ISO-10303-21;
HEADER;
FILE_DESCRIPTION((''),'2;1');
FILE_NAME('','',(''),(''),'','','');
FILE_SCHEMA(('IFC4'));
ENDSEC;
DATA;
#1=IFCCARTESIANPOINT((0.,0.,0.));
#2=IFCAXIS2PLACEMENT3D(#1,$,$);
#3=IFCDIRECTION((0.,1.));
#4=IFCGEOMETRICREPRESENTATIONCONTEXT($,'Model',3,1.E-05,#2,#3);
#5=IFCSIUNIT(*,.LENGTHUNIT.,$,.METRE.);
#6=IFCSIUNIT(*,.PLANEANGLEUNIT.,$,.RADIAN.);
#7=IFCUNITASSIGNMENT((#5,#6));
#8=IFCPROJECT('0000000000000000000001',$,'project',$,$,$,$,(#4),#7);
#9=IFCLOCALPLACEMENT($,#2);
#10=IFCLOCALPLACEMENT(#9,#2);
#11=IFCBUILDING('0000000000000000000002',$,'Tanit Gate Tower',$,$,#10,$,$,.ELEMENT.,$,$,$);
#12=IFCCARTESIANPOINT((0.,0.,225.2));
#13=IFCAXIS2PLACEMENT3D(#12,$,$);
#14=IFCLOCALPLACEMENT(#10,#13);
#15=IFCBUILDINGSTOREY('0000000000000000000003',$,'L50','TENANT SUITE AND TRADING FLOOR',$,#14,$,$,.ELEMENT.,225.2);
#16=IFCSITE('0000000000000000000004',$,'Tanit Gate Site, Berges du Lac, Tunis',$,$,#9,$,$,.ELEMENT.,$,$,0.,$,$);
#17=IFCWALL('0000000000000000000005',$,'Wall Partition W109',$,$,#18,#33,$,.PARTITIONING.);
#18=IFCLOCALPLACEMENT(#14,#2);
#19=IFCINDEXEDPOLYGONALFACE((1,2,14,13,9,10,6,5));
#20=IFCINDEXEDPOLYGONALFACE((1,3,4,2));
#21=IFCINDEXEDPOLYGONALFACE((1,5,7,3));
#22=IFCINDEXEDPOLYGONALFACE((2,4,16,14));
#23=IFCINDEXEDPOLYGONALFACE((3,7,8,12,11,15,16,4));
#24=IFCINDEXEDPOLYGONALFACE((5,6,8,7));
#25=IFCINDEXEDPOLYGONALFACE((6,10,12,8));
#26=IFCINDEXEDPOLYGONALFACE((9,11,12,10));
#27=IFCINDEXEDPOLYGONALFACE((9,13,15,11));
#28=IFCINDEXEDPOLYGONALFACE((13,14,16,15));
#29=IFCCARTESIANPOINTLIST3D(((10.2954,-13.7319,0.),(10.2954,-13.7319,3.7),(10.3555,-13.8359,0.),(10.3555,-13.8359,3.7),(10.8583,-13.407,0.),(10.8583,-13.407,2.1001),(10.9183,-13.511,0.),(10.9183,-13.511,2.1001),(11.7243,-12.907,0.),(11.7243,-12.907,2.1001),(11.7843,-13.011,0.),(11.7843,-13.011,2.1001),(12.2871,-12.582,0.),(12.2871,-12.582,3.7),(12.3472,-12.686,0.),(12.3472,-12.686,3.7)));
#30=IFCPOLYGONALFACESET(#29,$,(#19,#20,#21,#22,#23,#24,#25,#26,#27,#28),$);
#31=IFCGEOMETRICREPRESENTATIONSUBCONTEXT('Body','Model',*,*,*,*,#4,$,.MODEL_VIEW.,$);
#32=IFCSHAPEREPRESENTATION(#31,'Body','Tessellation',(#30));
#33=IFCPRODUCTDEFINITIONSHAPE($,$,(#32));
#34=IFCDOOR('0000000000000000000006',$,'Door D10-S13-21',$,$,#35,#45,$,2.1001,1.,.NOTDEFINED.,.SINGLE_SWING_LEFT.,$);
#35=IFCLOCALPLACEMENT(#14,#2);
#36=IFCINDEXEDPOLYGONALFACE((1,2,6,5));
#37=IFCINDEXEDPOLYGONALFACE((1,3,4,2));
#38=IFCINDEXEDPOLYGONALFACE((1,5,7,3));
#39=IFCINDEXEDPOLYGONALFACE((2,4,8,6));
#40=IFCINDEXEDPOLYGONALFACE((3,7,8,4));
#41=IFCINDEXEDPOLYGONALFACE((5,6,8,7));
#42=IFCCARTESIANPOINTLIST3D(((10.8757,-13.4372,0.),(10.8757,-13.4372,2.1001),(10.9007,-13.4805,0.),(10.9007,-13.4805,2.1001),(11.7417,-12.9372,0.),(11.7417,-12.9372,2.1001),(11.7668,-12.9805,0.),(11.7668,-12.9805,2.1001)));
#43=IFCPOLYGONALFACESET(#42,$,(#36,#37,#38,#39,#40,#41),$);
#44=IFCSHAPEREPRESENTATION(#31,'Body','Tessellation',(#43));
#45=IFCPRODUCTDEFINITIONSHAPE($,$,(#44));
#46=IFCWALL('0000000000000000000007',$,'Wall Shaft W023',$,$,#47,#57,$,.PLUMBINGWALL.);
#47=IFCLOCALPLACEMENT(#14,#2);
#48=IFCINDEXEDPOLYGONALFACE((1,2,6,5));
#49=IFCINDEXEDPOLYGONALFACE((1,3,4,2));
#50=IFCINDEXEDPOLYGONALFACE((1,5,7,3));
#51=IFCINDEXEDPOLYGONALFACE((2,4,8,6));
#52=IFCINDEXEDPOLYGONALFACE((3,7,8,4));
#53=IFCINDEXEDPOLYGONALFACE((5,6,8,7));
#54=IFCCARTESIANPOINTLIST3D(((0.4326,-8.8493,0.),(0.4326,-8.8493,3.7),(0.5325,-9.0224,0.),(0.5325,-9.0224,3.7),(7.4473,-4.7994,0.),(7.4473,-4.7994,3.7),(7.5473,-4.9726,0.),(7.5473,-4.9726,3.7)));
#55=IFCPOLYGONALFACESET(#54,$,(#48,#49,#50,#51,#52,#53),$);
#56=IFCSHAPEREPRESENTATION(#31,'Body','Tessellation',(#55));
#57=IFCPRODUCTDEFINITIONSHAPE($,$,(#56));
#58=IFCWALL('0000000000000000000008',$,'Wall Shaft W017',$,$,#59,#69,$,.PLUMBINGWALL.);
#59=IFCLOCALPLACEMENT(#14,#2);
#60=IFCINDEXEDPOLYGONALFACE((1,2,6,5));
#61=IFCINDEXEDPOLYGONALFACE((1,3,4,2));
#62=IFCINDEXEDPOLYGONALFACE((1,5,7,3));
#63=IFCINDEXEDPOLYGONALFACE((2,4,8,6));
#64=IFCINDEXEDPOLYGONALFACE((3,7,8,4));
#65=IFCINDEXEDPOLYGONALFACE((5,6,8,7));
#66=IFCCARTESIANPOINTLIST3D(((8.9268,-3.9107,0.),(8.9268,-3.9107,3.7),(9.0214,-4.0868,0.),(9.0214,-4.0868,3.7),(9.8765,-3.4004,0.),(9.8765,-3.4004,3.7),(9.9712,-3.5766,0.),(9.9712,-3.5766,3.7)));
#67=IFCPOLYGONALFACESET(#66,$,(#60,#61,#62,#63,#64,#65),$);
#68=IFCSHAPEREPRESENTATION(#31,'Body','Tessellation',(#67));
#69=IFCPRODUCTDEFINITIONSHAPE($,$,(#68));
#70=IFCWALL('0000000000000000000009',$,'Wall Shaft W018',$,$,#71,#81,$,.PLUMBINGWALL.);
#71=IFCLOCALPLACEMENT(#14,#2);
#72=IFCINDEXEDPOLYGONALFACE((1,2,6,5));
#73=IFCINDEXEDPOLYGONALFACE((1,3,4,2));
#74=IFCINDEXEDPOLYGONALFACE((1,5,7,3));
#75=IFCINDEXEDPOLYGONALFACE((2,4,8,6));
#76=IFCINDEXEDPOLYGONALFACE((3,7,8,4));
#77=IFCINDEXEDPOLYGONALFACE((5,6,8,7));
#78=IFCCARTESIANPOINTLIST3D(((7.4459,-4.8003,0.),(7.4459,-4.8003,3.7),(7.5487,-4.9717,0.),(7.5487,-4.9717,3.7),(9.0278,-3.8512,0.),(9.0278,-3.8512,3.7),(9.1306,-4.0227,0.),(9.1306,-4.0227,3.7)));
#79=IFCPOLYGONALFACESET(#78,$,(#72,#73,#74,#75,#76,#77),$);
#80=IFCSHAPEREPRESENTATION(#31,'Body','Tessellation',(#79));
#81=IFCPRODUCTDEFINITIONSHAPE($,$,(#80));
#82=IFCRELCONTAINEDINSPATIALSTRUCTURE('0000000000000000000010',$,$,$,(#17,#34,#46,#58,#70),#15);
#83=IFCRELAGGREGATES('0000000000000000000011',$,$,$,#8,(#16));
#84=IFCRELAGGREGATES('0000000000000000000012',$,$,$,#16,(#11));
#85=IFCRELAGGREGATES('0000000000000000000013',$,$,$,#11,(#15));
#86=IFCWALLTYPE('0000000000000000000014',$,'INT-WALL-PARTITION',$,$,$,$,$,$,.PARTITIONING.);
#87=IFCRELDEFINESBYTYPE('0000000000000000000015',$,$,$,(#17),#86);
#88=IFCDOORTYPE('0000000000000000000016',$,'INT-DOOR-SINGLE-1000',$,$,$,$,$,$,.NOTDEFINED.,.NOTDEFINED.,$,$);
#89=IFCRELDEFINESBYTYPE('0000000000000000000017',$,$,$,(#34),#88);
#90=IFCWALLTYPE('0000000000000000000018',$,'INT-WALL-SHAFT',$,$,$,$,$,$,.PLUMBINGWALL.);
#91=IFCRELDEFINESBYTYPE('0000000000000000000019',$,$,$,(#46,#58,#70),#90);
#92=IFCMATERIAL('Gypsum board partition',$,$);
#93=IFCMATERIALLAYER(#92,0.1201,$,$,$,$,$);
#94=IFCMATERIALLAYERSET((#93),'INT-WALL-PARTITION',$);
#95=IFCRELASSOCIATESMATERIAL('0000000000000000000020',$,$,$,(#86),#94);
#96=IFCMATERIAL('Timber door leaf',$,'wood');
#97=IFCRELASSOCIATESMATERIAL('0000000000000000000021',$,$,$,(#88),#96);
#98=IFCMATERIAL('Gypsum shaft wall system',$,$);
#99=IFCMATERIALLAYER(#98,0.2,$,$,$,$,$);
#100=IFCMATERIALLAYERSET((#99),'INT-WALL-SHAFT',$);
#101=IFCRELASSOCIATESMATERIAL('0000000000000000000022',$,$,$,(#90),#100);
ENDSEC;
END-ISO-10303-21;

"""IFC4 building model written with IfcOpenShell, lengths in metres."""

from ifc_helpers import new_model, si_unit, direction, frame, frame_2d, origin, place, context, subcontext, project, spatial, rectangle, extrude, material, layer, layer_set, type_object, element, fill, save


model = new_model("IFC4")

# Units and contexts
model_context = context("Model", 3, precision=1e-05, world=origin(), true_north=direction((0.0, 1.0)))
body_context = subcontext(model_context, "Body", "Model", "MODEL_VIEW")
ifc_project = project(units=[si_unit("LENGTHUNIT", "METRE"), si_unit("PLANEANGLEUNIT", "RADIAN")], contexts=[model_context])

# Site, building, storey
site_placement = place(None, origin())
site = spatial("IfcSite", under=ifc_project, at=site_placement, Name="Tanit Gate Site, Berges du Lac, Tunis", CompositionType="ELEMENT", RefElevation=0.0)
building_placement = place(site_placement, origin())
building = spatial("IfcBuilding", under=site, at=building_placement, Name="Tanit Gate Tower", CompositionType="ELEMENT")
storey_placement = place(building_placement, frame((0.0, 0.0, 225.2)))
storey = spatial("IfcBuildingStorey", under=building, at=storey_placement, Name="L50", Description="TENANT SUITE AND TRADING FLOOR", CompositionType="ELEMENT", Elevation=225.2)

# Shared definitions
ifc_material_1 = material(Name="Gypsum board partition")
ifc_layer_1 = layer(ifc_material_1, 0.1201)
ifc_layer_set_1 = layer_set([ifc_layer_1], Name="INT-WALL-PARTITION")
wall_type_1 = type_object("IfcWallType", Name="INT-WALL-PARTITION", PredefinedType="PARTITIONING", material=ifc_layer_set_1)

# Wall, opening, door
wall_1_placement = place(storey_placement, frame((12.3171, -12.634, 0.0), z_axis=(0.0, 0.0, 1.0), x_axis=(-0.866026, -0.499998, 0.0)))
wall_1 = element("IfcWall", 1, at=wall_1_placement, inside=storey, type_object=wall_type_1, Name="Wall Partition W109", PredefinedType="PARTITIONING", context=body_context, shape_type="SweptSolid", body=[
    extrude(rectangle(XDim=2.2998, YDim=0.1201, at=frame_2d((1.1499, 0.0))), origin(), (0.0, 0.0, 1.0), 3.7),
])
opening_1_placement = place(wall_1_placement, frame((0.6499, 0.0, 0.0)))
opening_1 = element("IfcOpeningElement", 2, at=opening_1_placement, cuts=wall_1, PredefinedType="OPENING", context=body_context, shape_type="SweptSolid", body=[
    extrude(rectangle(XDim=1.0, YDim=2.1001, at=frame_2d((0.5, 1.05))), frame((0.0, 0.0701, 0.0), z_axis=(0.0, -1.0, 0.0), x_axis=(1.0, 0.0, 0.0)), (0.0, 0.0, 1.0), 0.1401),
])
ifc_material_2 = material(Name="Timber door leaf", Category="wood")
door_type_1 = type_object("IfcDoorType", Name="INT-DOOR-SINGLE-1000", OperationType="NOTDEFINED", PredefinedType="NOTDEFINED", material=ifc_material_2)
door_1_placement = place(opening_1_placement, origin())
door_1 = element("IfcDoor", 3, at=door_1_placement, inside=storey, type_object=door_type_1, Name="Door D10-S13-21", OperationType="SINGLE_SWING_LEFT", OverallHeight=2.1001, OverallWidth=1.0, PredefinedType="NOTDEFINED", context=body_context, shape_type="SweptSolid", body=[
    extrude(rectangle(XDim=1.0, YDim=2.1001, at=frame_2d((0.5, 1.05))), frame((0.0, 0.0249, 0.0), z_axis=(0.0, -1.0, 0.0), x_axis=(1.0, 0.0, 0.0)), (0.0, 0.0, 1.0), 0.05),
])
fill(opening_1, door_1)

# Walls
ifc_material_3 = material(Name="Gypsum shaft wall system")
ifc_layer_2 = layer(ifc_material_3, 0.2)
ifc_layer_set_2 = layer_set([ifc_layer_2], Name="INT-WALL-SHAFT")
wall_type_2 = type_object("IfcWallType", Name="INT-WALL-SHAFT", PredefinedType="PLUMBINGWALL", material=ifc_layer_set_2)
wall_2_placement = place(storey_placement, frame((0.4827, -8.9358, 0.0), z_axis=(0.0, 0.0, 1.0), x_axis=(0.866031, 0.49999, 0.0)))
element("IfcWall", 4, at=wall_2_placement, inside=storey, type_object=wall_type_2, Name="Wall Shaft W023", PredefinedType="PLUMBINGWALL", context=body_context, shape_type="SweptSolid", body=[
    extrude(rectangle(XDim=8.0999, YDim=0.2, at=frame_2d((4.0498, 0.0))), origin(), (0.0, 0.0, 1.0), 3.7),
])
wall_3_placement = place(storey_placement, frame((8.9741, -3.9988, 0.0), z_axis=(0.0, 0.0, 1.0), x_axis=(0.880907, 0.473289, 0.0)))
element("IfcWall", 5, at=wall_3_placement, inside=storey, type_object=wall_type_2, Name="Wall Shaft W017", PredefinedType="PLUMBINGWALL", context=body_context, shape_type="SweptSolid", body=[
    extrude(rectangle(XDim=1.0781, YDim=0.2, at=frame_2d((0.5391, 0.0))), origin(), (0.0, 0.0, 1.0), 3.7),
])
wall_4_placement = place(storey_placement, frame((7.4973, -4.886, 0.0), z_axis=(0.0, 0.0, 1.0), x_axis=(0.857516, 0.514457, 0.0)))
element("IfcWall", 6, at=wall_4_placement, inside=storey, type_object=wall_type_2, Name="Wall Shaft W018", PredefinedType="PLUMBINGWALL", context=body_context, shape_type="SweptSolid", body=[
    extrude(rectangle(XDim=1.8447, YDim=0.2, at=frame_2d((0.9224, 0.0))), origin(), (0.0, 0.0, 1.0), 3.7),
])

save(model, "model.ifc")
